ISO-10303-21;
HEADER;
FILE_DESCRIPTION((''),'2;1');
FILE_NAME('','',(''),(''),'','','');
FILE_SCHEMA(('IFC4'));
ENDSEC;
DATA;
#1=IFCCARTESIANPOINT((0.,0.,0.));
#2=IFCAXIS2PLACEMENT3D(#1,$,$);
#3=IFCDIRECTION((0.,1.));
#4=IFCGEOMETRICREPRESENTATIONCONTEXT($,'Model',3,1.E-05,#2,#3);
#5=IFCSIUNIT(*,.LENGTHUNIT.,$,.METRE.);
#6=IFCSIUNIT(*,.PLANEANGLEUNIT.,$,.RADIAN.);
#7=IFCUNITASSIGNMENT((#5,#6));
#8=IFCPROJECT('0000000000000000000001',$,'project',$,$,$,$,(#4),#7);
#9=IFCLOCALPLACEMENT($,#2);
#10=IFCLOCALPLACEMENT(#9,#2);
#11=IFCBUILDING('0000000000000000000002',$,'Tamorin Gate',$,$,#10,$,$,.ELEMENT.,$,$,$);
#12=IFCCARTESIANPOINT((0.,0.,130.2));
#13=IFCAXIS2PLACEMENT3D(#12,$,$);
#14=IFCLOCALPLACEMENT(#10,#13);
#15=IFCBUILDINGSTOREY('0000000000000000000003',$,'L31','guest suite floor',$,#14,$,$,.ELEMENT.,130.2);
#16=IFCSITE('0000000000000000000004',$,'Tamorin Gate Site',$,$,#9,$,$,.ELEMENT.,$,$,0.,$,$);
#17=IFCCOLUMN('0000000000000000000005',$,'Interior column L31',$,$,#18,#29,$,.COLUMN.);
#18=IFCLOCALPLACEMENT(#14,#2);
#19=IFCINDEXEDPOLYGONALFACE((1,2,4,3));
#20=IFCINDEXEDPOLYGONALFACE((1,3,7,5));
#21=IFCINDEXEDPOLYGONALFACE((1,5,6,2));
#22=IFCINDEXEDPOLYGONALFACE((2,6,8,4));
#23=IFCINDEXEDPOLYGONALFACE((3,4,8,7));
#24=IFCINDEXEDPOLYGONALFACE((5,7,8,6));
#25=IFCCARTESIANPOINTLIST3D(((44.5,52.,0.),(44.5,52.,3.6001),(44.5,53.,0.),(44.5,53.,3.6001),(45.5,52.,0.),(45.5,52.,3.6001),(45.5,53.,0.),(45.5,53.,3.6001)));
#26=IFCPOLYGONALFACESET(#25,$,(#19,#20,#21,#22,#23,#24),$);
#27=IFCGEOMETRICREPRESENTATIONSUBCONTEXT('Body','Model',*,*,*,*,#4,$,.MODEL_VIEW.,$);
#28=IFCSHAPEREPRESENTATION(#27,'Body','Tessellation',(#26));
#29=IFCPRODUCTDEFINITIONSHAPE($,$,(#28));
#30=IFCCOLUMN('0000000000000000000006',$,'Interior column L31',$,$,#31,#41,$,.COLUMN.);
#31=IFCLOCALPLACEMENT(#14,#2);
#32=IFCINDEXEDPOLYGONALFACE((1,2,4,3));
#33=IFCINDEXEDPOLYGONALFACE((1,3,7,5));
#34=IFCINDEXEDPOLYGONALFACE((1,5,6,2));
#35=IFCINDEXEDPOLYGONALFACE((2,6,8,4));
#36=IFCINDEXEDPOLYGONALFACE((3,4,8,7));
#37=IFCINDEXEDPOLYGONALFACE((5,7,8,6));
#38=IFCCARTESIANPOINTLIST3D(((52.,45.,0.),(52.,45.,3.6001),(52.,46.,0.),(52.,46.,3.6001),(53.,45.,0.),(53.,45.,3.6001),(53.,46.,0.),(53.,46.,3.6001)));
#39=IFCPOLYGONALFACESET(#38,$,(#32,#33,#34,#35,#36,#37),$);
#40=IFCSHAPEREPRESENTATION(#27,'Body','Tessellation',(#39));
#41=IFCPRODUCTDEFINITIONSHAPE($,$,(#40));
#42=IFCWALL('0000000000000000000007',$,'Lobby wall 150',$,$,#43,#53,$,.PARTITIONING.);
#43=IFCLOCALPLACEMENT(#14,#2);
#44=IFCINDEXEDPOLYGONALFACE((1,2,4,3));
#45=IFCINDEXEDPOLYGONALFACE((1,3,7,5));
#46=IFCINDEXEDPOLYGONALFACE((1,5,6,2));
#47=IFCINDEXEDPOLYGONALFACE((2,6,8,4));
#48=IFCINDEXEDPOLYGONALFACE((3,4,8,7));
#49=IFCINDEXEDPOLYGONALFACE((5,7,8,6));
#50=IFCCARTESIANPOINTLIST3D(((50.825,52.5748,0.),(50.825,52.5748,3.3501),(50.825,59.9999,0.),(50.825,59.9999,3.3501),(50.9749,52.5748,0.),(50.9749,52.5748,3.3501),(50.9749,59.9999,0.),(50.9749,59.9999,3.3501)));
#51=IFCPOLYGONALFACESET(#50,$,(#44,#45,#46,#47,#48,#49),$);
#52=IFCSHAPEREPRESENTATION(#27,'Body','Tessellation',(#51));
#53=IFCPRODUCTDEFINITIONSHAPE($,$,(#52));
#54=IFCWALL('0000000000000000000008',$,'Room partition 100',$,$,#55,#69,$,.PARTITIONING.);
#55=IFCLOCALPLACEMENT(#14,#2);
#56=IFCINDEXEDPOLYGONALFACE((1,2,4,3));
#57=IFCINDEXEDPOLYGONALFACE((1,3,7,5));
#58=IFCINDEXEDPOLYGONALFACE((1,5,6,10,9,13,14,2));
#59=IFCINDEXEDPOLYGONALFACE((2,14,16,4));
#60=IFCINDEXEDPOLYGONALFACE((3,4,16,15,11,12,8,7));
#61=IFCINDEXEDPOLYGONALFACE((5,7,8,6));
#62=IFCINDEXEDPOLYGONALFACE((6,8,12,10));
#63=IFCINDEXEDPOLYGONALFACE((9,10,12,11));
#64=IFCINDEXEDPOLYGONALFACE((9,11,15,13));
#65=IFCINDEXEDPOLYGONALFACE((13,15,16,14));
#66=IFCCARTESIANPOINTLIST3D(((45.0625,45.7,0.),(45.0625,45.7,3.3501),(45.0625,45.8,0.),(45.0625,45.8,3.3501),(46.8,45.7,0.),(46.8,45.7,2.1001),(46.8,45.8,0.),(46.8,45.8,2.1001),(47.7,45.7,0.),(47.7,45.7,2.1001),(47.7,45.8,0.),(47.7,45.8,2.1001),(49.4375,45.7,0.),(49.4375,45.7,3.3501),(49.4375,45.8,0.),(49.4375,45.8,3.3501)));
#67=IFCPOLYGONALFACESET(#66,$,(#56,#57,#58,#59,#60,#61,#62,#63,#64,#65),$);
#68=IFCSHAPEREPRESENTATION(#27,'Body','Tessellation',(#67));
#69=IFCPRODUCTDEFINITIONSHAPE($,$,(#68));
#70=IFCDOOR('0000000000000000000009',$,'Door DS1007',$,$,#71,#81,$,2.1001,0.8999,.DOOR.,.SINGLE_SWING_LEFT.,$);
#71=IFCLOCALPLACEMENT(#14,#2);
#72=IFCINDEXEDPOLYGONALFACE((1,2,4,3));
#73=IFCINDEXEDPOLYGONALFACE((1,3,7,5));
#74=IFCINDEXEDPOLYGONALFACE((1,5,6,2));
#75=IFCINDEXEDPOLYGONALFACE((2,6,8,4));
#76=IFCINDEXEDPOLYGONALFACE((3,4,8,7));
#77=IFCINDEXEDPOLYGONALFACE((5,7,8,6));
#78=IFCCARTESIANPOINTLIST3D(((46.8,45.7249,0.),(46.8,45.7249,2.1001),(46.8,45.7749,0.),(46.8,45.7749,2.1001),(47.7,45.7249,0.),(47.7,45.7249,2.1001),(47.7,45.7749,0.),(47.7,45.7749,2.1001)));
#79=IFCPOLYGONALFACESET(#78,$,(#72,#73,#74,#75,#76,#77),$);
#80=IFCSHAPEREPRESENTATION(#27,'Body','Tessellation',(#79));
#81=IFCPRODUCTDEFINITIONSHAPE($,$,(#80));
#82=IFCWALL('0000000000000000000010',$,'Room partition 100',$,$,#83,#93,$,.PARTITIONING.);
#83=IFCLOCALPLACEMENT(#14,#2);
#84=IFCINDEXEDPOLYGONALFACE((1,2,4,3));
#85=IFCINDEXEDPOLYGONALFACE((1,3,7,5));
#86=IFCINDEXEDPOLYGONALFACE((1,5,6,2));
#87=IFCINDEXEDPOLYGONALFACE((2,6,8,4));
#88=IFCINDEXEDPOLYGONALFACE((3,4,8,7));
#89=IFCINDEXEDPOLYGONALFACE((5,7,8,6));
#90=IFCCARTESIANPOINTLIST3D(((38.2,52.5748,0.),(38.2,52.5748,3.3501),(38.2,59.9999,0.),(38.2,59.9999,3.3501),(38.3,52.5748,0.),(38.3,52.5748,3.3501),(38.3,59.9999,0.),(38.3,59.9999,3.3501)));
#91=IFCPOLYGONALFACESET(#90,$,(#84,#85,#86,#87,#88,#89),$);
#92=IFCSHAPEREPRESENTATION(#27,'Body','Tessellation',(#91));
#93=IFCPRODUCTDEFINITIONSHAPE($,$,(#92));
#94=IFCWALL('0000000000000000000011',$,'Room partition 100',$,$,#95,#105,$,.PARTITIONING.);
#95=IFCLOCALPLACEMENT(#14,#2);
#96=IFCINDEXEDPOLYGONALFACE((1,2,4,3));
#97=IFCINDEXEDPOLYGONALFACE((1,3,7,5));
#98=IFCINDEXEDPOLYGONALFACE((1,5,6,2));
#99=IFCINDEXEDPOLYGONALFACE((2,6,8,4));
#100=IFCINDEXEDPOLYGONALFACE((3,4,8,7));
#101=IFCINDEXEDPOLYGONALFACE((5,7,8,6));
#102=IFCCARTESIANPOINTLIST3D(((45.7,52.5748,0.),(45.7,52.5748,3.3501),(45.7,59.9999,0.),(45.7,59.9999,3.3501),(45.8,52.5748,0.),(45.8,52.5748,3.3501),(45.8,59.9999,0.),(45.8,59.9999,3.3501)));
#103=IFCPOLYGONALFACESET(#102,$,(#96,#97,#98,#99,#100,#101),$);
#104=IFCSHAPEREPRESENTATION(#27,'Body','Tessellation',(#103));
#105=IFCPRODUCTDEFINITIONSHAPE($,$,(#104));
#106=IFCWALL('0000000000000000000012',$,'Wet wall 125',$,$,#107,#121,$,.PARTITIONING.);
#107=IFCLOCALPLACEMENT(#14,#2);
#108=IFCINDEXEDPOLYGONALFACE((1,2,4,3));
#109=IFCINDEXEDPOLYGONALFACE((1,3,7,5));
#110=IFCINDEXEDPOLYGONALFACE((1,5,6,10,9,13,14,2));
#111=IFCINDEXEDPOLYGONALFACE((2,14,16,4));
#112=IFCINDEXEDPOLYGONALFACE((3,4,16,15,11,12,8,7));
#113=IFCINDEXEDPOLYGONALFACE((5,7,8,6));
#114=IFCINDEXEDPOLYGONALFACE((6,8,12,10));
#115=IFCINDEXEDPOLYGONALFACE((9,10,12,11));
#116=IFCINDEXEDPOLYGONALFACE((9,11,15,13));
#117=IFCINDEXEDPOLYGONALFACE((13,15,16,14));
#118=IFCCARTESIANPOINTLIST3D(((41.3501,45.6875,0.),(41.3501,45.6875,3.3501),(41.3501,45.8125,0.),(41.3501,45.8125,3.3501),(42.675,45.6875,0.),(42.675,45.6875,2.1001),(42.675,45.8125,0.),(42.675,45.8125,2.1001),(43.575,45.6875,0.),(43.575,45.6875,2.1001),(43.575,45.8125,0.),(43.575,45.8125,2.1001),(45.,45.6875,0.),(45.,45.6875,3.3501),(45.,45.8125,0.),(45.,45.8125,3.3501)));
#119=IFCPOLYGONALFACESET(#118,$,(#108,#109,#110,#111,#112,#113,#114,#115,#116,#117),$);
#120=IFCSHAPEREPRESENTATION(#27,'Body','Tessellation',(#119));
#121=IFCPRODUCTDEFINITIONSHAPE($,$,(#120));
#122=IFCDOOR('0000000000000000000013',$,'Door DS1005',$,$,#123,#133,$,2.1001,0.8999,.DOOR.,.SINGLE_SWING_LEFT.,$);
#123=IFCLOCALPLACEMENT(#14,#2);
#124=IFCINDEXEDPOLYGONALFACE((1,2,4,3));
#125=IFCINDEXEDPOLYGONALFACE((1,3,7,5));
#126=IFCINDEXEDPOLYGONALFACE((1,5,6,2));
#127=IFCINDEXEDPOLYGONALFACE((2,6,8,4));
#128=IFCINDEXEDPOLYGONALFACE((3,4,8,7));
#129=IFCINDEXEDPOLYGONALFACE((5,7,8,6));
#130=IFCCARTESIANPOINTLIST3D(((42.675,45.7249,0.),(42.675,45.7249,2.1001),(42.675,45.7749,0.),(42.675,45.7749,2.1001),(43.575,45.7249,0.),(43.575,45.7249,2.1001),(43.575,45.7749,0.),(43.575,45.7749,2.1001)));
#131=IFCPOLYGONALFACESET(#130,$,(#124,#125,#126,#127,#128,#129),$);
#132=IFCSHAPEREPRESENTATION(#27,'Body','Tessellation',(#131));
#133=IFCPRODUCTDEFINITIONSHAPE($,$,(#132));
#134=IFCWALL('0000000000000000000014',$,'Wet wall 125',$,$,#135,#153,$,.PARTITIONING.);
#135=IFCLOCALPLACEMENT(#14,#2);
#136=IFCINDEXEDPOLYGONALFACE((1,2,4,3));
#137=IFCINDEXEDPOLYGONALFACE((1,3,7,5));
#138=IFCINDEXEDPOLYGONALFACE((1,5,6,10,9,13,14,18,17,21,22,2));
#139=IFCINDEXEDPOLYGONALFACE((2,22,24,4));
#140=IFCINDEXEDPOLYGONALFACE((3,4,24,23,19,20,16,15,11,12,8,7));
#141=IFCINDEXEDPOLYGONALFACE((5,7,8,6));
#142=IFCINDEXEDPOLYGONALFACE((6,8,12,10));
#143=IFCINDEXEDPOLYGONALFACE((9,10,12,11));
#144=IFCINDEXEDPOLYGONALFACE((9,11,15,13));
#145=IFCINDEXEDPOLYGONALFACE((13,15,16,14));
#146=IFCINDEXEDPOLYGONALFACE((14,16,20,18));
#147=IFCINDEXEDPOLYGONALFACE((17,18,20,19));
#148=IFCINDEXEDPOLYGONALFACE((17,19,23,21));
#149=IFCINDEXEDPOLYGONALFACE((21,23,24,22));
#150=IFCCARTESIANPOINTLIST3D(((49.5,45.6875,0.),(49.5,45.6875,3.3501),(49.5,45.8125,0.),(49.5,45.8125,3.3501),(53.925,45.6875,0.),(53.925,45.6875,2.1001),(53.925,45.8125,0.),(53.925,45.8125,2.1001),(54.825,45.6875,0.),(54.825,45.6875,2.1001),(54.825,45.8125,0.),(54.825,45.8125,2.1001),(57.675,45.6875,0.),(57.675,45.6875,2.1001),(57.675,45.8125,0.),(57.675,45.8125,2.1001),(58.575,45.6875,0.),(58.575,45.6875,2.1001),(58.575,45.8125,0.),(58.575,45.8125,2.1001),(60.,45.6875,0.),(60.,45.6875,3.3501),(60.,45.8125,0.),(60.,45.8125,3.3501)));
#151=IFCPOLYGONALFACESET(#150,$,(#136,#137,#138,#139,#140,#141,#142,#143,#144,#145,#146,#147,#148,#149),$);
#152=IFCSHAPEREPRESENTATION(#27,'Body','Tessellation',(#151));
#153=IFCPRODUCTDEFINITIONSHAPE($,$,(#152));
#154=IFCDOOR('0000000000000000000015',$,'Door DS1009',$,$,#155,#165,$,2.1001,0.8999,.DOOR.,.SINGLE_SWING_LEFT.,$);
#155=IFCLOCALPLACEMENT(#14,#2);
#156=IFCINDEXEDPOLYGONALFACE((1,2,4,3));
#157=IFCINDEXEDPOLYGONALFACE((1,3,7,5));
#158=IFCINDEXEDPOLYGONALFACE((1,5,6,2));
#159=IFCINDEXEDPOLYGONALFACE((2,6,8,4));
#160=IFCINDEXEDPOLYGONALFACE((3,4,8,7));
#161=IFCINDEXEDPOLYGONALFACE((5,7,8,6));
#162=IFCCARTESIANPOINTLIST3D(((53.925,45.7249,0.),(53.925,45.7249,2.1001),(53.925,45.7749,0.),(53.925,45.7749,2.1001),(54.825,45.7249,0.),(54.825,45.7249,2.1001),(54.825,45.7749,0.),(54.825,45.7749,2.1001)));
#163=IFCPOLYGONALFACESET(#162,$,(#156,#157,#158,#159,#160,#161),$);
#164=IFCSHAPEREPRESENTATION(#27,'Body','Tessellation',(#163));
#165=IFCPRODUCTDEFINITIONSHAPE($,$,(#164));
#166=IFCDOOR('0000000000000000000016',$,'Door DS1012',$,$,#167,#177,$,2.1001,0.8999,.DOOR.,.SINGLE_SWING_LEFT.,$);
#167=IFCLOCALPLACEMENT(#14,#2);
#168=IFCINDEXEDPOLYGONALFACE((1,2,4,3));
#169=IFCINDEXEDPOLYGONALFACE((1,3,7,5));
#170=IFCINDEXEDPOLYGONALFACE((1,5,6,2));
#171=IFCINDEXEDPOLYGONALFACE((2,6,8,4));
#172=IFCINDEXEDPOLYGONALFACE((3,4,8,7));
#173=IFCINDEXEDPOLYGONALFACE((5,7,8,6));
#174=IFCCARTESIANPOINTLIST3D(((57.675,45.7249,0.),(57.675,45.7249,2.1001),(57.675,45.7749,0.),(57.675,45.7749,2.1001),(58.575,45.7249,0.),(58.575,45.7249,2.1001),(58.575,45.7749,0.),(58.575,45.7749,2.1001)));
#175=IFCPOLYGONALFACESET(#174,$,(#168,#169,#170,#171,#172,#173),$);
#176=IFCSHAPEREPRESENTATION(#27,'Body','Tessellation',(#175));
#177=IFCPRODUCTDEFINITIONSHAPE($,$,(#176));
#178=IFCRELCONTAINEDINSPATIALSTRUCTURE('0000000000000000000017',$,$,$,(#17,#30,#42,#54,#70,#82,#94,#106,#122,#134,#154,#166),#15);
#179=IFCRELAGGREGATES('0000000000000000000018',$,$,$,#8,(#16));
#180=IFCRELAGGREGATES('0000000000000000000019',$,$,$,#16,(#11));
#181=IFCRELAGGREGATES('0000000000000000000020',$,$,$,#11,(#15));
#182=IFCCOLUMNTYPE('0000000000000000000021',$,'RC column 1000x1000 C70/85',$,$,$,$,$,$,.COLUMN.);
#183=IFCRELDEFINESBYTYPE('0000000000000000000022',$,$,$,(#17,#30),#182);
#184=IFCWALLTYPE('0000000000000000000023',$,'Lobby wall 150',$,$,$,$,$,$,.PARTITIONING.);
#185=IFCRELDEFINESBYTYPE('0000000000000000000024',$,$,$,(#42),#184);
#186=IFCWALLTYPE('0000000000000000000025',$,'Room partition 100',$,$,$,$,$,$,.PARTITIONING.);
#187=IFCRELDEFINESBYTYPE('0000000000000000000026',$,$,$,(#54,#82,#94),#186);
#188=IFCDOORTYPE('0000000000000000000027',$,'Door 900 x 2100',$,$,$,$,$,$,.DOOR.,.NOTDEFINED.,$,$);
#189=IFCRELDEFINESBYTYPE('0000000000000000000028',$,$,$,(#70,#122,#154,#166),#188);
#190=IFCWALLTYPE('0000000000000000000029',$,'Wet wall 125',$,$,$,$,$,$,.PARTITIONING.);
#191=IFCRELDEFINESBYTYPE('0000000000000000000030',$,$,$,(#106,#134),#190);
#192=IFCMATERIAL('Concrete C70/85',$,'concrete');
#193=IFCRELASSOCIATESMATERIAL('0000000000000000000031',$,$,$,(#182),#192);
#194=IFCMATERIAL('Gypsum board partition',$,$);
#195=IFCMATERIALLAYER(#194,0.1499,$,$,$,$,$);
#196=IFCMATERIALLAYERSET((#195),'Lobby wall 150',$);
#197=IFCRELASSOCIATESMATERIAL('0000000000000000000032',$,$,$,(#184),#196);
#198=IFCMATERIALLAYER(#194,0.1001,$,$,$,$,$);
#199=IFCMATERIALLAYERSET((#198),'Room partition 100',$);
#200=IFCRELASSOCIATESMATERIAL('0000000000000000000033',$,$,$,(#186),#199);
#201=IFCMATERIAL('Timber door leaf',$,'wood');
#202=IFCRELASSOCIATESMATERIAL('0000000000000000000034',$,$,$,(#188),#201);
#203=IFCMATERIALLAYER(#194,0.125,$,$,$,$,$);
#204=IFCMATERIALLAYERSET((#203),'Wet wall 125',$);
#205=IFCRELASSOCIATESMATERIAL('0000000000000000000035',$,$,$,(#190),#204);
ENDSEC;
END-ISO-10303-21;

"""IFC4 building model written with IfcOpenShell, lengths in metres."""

from ifc_helpers import new_model, si_unit, direction, frame, frame_2d, origin, origin_2d, place, context, subcontext, project, spatial, rectangle, extrude, material, layer, layer_set, material_profile, profile_set, type_object, element, fill, save


model = new_model("IFC4")

# Units and contexts
model_context = context("Model", 3, precision=1e-05, world=origin(), true_north=direction((0.0, 1.0)))
body_context = subcontext(model_context, "Body", "Model", "MODEL_VIEW")
ifc_project = project(units=[si_unit("LENGTHUNIT", "METRE"), si_unit("PLANEANGLEUNIT", "RADIAN")], contexts=[model_context])

# Site, building, storey
site_placement = place(None, origin())
site = spatial("IfcSite", under=ifc_project, at=site_placement, Name="Tamorin Gate Site", CompositionType="ELEMENT", RefElevation=0.0)
building_placement = place(site_placement, origin())
building = spatial("IfcBuilding", under=site, at=building_placement, Name="Tamorin Gate", CompositionType="ELEMENT")
storey_placement = place(building_placement, frame((0.0, 0.0, 130.2)))
storey = spatial("IfcBuildingStorey", under=building, at=storey_placement, Name="L31", Description="guest suite floor", CompositionType="ELEMENT", Elevation=130.2)

# Columns
ifc_material_1 = material(Name="Concrete C70/85", Category="concrete")
ifc_material_profile = material_profile(ifc_material_1, rectangle(XDim=1.0, YDim=1.0, at=origin_2d()), Name="RC 1000x1000")
ifc_profile_set = profile_set([ifc_material_profile], Name="Concrete C70/85")
column_type = type_object("IfcColumnType", Name="RC column 1000x1000 C70/85", PredefinedType="COLUMN", material=ifc_profile_set)
for number, where, z_axis, x_axis, name in (
    (1, (45.0, 52.5, 0.0), (0.0, 0.0, 1.0), (1.0, 0.0, 0.0), "Interior column L31"),
    (2, (52.5, 45.5, 0.0), (0.0, 0.0, 1.0), (1.0, 0.0, 0.0), "Interior column L31"),
):
    element("IfcColumn", number, at=place(storey_placement, frame(where, z_axis=z_axis, x_axis=x_axis)), inside=storey, type_object=column_type, Name=name, PredefinedType="COLUMN", context=body_context, shape_type="SweptSolid", body=[
        extrude(rectangle(XDim=1.0, YDim=1.0, at=origin_2d()), origin(), (0.0, 0.0, 1.0), 3.6001),
    ])

# Wall
ifc_material_2 = material(Name="Gypsum board partition")
ifc_layer_1 = layer(ifc_material_2, 0.1499)
ifc_layer_set_1 = layer_set([ifc_layer_1], Name="Lobby wall 150")
wall_type_1 = type_object("IfcWallType", Name="Lobby wall 150", PredefinedType="PARTITIONING", material=ifc_layer_set_1)
wall_1_placement = place(storey_placement, frame((50.8999, 52.575, 0.0), z_axis=(0.0, 0.0, 1.0), x_axis=(0.0, 1.0, 0.0)))
element("IfcWall", 3, at=wall_1_placement, inside=storey, type_object=wall_type_1, Name="Lobby wall 150", PredefinedType="PARTITIONING", context=body_context, shape_type="SweptSolid", body=[
    extrude(rectangle(XDim=7.425, YDim=0.1499, at=frame_2d((3.7124, 0.0))), origin(), (0.0, 0.0, 1.0), 3.3501),
])

# Wall, opening, door
ifc_layer_2 = layer(ifc_material_2, 0.1001)
ifc_layer_set_2 = layer_set([ifc_layer_2], Name="Room partition 100")
wall_type_2 = type_object("IfcWallType", Name="Room partition 100", PredefinedType="PARTITIONING", material=ifc_layer_set_2)
wall_2_placement = place(storey_placement, frame((45.0625, 45.75, 0.0), z_axis=(0.0, 0.0, 1.0), x_axis=(1.0, 0.0, 0.0)))
wall_2 = element("IfcWall", 4, at=wall_2_placement, inside=storey, type_object=wall_type_2, Name="Room partition 100", PredefinedType="PARTITIONING", context=body_context, shape_type="SweptSolid", body=[
    extrude(rectangle(XDim=4.375, YDim=0.1001, at=frame_2d((2.1875, 0.0))), origin(), (0.0, 0.0, 1.0), 3.3501),
])
opening_1_placement = place(wall_2_placement, frame((1.7375, 0.0, 0.0)))
opening_1 = element("IfcOpeningElement", 5, at=opening_1_placement, cuts=wall_2, PredefinedType="OPENING", context=body_context, shape_type="SweptSolid", body=[
    extrude(rectangle(XDim=0.8999, YDim=2.1001, at=frame_2d((0.45, 1.05))), frame((0.0, 0.0601, 0.0), z_axis=(0.0, -1.0, 0.0), x_axis=(1.0, 0.0, 0.0)), (0.0, 0.0, 1.0), 0.1201),
])
ifc_material_3 = material(Name="Timber door leaf", Category="wood")
door_type = type_object("IfcDoorType", Name="Door 900 x 2100", OperationType="NOTDEFINED", PredefinedType="DOOR", material=ifc_material_3)
door_1_placement = place(opening_1_placement, origin())
door_1 = element("IfcDoor", 6, at=door_1_placement, inside=storey, type_object=door_type, Name="Door DS1007", OperationType="SINGLE_SWING_LEFT", OverallHeight=2.1001, OverallWidth=0.8999, PredefinedType="DOOR", context=body_context, shape_type="SweptSolid", body=[
    extrude(rectangle(XDim=0.8999, YDim=2.1001, at=frame_2d((0.45, 1.05))), frame((0.0, 0.0249, 0.0), z_axis=(0.0, -1.0, 0.0), x_axis=(1.0, 0.0, 0.0)), (0.0, 0.0, 1.0), 0.05),
])
fill(opening_1, door_1)

# Walls
for number, where, z_axis, x_axis, name in (
    (7, (38.25, 52.575, 0.0), (0.0, 0.0, 1.0), (0.0, 1.0, 0.0), "Room partition 100"),
    (8, (45.75, 52.575, 0.0), (0.0, 0.0, 1.0), (0.0, 1.0, 0.0), "Room partition 100"),
):
    element("IfcWall", number, at=place(storey_placement, frame(where, z_axis=z_axis, x_axis=x_axis)), inside=storey, type_object=wall_type_2, Name=name, PredefinedType="PARTITIONING", context=body_context, shape_type="SweptSolid", body=[
        extrude(rectangle(XDim=7.425, YDim=0.1001, at=frame_2d((3.7124, 0.0))), origin(), (0.0, 0.0, 1.0), 3.3501),
    ])

# Wall, opening, door
ifc_layer_3 = layer(ifc_material_2, 0.125)
ifc_layer_set_3 = layer_set([ifc_layer_3], Name="Wet wall 125")
wall_type_3 = type_object("IfcWallType", Name="Wet wall 125", PredefinedType="PARTITIONING", material=ifc_layer_set_3)
wall_3_placement = place(storey_placement, frame((41.3501, 45.75, 0.0), z_axis=(0.0, 0.0, 1.0), x_axis=(1.0, 0.0, 0.0)))
wall_3 = element("IfcWall", 9, at=wall_3_placement, inside=storey, type_object=wall_type_3, Name="Wet wall 125", PredefinedType="PARTITIONING", context=body_context, shape_type="SweptSolid", body=[
    extrude(rectangle(XDim=3.6499, YDim=0.125, at=frame_2d((1.825, 0.0))), origin(), (0.0, 0.0, 1.0), 3.3501),
])
opening_2_placement = place(wall_3_placement, frame((1.325, 0.0, 0.0)))
opening_2 = element("IfcOpeningElement", 10, at=opening_2_placement, cuts=wall_3, PredefinedType="OPENING", context=body_context, shape_type="SweptSolid", body=[
    extrude(rectangle(XDim=0.8999, YDim=2.1001, at=frame_2d((0.45, 1.05))), frame((0.0, 0.0725, 0.0), z_axis=(0.0, -1.0, 0.0), x_axis=(1.0, 0.0, 0.0)), (0.0, 0.0, 1.0), 0.145),
])
door_2_placement = place(opening_2_placement, origin())
door_2 = element("IfcDoor", 11, at=door_2_placement, inside=storey, type_object=door_type, Name="Door DS1005", OperationType="SINGLE_SWING_LEFT", OverallHeight=2.1001, OverallWidth=0.8999, PredefinedType="DOOR", context=body_context, shape_type="SweptSolid", body=[
    extrude(rectangle(XDim=0.8999, YDim=2.1001, at=frame_2d((0.45, 1.05))), frame((0.0, 0.0249, 0.0), z_axis=(0.0, -1.0, 0.0), x_axis=(1.0, 0.0, 0.0)), (0.0, 0.0, 1.0), 0.05),
])
fill(opening_2, door_2)

# Wall, openings, doors
wall_4_placement = place(storey_placement, frame((49.5, 45.75, 0.0), z_axis=(0.0, 0.0, 1.0), x_axis=(1.0, 0.0, 0.0)))
wall_4 = element("IfcWall", 12, at=wall_4_placement, inside=storey, type_object=wall_type_3, Name="Wet wall 125", PredefinedType="PARTITIONING", context=body_context, shape_type="SweptSolid", body=[
    extrude(rectangle(XDim=10.5, YDim=0.125, at=frame_2d((5.25, 0.0))), origin(), (0.0, 0.0, 1.0), 3.3501),
])
opening_3_placement = place(wall_4_placement, frame((4.425, 0.0, 0.0)))
opening_3 = element("IfcOpeningElement", 13, at=opening_3_placement, cuts=wall_4, PredefinedType="OPENING", context=body_context, shape_type="SweptSolid", body=[
    extrude(rectangle(XDim=0.8999, YDim=2.1001, at=frame_2d((0.45, 1.05))), frame((0.0, 0.0725, 0.0), z_axis=(0.0, -1.0, 0.0), x_axis=(1.0, 0.0, 0.0)), (0.0, 0.0, 1.0), 0.145),
])
opening_4_placement = place(wall_4_placement, frame((8.175, 0.0, 0.0)))
opening_4 = element("IfcOpeningElement", 14, at=opening_4_placement, cuts=wall_4, PredefinedType="OPENING", context=body_context, shape_type="SweptSolid", body=[
    extrude(rectangle(XDim=0.8999, YDim=2.1001, at=frame_2d((0.45, 1.05))), frame((0.0, 0.0725, 0.0), z_axis=(0.0, -1.0, 0.0), x_axis=(1.0, 0.0, 0.0)), (0.0, 0.0, 1.0), 0.145),
])
door_3_placement = place(opening_3_placement, origin())
door_3 = element("IfcDoor", 15, at=door_3_placement, inside=storey, type_object=door_type, Name="Door DS1009", OperationType="SINGLE_SWING_LEFT", OverallHeight=2.1001, OverallWidth=0.8999, PredefinedType="DOOR", context=body_context, shape_type="SweptSolid", body=[
    extrude(rectangle(XDim=0.8999, YDim=2.1001, at=frame_2d((0.45, 1.05))), frame((0.0, 0.0249, 0.0), z_axis=(0.0, -1.0, 0.0), x_axis=(1.0, 0.0, 0.0)), (0.0, 0.0, 1.0), 0.05),
])
fill(opening_3, door_3)
door_4_placement = place(opening_4_placement, origin())
door_4 = element("IfcDoor", 16, at=door_4_placement, inside=storey, type_object=door_type, Name="Door DS1012", OperationType="SINGLE_SWING_LEFT", OverallHeight=2.1001, OverallWidth=0.8999, PredefinedType="DOOR", context=body_context, shape_type="SweptSolid", body=[
    extrude(rectangle(XDim=0.8999, YDim=2.1001, at=frame_2d((0.45, 1.05))), frame((0.0, 0.0249, 0.0), z_axis=(0.0, -1.0, 0.0), x_axis=(1.0, 0.0, 0.0)), (0.0, 0.0, 1.0), 0.05),
])
fill(opening_4, door_4)

save(model, "model.ifc")
